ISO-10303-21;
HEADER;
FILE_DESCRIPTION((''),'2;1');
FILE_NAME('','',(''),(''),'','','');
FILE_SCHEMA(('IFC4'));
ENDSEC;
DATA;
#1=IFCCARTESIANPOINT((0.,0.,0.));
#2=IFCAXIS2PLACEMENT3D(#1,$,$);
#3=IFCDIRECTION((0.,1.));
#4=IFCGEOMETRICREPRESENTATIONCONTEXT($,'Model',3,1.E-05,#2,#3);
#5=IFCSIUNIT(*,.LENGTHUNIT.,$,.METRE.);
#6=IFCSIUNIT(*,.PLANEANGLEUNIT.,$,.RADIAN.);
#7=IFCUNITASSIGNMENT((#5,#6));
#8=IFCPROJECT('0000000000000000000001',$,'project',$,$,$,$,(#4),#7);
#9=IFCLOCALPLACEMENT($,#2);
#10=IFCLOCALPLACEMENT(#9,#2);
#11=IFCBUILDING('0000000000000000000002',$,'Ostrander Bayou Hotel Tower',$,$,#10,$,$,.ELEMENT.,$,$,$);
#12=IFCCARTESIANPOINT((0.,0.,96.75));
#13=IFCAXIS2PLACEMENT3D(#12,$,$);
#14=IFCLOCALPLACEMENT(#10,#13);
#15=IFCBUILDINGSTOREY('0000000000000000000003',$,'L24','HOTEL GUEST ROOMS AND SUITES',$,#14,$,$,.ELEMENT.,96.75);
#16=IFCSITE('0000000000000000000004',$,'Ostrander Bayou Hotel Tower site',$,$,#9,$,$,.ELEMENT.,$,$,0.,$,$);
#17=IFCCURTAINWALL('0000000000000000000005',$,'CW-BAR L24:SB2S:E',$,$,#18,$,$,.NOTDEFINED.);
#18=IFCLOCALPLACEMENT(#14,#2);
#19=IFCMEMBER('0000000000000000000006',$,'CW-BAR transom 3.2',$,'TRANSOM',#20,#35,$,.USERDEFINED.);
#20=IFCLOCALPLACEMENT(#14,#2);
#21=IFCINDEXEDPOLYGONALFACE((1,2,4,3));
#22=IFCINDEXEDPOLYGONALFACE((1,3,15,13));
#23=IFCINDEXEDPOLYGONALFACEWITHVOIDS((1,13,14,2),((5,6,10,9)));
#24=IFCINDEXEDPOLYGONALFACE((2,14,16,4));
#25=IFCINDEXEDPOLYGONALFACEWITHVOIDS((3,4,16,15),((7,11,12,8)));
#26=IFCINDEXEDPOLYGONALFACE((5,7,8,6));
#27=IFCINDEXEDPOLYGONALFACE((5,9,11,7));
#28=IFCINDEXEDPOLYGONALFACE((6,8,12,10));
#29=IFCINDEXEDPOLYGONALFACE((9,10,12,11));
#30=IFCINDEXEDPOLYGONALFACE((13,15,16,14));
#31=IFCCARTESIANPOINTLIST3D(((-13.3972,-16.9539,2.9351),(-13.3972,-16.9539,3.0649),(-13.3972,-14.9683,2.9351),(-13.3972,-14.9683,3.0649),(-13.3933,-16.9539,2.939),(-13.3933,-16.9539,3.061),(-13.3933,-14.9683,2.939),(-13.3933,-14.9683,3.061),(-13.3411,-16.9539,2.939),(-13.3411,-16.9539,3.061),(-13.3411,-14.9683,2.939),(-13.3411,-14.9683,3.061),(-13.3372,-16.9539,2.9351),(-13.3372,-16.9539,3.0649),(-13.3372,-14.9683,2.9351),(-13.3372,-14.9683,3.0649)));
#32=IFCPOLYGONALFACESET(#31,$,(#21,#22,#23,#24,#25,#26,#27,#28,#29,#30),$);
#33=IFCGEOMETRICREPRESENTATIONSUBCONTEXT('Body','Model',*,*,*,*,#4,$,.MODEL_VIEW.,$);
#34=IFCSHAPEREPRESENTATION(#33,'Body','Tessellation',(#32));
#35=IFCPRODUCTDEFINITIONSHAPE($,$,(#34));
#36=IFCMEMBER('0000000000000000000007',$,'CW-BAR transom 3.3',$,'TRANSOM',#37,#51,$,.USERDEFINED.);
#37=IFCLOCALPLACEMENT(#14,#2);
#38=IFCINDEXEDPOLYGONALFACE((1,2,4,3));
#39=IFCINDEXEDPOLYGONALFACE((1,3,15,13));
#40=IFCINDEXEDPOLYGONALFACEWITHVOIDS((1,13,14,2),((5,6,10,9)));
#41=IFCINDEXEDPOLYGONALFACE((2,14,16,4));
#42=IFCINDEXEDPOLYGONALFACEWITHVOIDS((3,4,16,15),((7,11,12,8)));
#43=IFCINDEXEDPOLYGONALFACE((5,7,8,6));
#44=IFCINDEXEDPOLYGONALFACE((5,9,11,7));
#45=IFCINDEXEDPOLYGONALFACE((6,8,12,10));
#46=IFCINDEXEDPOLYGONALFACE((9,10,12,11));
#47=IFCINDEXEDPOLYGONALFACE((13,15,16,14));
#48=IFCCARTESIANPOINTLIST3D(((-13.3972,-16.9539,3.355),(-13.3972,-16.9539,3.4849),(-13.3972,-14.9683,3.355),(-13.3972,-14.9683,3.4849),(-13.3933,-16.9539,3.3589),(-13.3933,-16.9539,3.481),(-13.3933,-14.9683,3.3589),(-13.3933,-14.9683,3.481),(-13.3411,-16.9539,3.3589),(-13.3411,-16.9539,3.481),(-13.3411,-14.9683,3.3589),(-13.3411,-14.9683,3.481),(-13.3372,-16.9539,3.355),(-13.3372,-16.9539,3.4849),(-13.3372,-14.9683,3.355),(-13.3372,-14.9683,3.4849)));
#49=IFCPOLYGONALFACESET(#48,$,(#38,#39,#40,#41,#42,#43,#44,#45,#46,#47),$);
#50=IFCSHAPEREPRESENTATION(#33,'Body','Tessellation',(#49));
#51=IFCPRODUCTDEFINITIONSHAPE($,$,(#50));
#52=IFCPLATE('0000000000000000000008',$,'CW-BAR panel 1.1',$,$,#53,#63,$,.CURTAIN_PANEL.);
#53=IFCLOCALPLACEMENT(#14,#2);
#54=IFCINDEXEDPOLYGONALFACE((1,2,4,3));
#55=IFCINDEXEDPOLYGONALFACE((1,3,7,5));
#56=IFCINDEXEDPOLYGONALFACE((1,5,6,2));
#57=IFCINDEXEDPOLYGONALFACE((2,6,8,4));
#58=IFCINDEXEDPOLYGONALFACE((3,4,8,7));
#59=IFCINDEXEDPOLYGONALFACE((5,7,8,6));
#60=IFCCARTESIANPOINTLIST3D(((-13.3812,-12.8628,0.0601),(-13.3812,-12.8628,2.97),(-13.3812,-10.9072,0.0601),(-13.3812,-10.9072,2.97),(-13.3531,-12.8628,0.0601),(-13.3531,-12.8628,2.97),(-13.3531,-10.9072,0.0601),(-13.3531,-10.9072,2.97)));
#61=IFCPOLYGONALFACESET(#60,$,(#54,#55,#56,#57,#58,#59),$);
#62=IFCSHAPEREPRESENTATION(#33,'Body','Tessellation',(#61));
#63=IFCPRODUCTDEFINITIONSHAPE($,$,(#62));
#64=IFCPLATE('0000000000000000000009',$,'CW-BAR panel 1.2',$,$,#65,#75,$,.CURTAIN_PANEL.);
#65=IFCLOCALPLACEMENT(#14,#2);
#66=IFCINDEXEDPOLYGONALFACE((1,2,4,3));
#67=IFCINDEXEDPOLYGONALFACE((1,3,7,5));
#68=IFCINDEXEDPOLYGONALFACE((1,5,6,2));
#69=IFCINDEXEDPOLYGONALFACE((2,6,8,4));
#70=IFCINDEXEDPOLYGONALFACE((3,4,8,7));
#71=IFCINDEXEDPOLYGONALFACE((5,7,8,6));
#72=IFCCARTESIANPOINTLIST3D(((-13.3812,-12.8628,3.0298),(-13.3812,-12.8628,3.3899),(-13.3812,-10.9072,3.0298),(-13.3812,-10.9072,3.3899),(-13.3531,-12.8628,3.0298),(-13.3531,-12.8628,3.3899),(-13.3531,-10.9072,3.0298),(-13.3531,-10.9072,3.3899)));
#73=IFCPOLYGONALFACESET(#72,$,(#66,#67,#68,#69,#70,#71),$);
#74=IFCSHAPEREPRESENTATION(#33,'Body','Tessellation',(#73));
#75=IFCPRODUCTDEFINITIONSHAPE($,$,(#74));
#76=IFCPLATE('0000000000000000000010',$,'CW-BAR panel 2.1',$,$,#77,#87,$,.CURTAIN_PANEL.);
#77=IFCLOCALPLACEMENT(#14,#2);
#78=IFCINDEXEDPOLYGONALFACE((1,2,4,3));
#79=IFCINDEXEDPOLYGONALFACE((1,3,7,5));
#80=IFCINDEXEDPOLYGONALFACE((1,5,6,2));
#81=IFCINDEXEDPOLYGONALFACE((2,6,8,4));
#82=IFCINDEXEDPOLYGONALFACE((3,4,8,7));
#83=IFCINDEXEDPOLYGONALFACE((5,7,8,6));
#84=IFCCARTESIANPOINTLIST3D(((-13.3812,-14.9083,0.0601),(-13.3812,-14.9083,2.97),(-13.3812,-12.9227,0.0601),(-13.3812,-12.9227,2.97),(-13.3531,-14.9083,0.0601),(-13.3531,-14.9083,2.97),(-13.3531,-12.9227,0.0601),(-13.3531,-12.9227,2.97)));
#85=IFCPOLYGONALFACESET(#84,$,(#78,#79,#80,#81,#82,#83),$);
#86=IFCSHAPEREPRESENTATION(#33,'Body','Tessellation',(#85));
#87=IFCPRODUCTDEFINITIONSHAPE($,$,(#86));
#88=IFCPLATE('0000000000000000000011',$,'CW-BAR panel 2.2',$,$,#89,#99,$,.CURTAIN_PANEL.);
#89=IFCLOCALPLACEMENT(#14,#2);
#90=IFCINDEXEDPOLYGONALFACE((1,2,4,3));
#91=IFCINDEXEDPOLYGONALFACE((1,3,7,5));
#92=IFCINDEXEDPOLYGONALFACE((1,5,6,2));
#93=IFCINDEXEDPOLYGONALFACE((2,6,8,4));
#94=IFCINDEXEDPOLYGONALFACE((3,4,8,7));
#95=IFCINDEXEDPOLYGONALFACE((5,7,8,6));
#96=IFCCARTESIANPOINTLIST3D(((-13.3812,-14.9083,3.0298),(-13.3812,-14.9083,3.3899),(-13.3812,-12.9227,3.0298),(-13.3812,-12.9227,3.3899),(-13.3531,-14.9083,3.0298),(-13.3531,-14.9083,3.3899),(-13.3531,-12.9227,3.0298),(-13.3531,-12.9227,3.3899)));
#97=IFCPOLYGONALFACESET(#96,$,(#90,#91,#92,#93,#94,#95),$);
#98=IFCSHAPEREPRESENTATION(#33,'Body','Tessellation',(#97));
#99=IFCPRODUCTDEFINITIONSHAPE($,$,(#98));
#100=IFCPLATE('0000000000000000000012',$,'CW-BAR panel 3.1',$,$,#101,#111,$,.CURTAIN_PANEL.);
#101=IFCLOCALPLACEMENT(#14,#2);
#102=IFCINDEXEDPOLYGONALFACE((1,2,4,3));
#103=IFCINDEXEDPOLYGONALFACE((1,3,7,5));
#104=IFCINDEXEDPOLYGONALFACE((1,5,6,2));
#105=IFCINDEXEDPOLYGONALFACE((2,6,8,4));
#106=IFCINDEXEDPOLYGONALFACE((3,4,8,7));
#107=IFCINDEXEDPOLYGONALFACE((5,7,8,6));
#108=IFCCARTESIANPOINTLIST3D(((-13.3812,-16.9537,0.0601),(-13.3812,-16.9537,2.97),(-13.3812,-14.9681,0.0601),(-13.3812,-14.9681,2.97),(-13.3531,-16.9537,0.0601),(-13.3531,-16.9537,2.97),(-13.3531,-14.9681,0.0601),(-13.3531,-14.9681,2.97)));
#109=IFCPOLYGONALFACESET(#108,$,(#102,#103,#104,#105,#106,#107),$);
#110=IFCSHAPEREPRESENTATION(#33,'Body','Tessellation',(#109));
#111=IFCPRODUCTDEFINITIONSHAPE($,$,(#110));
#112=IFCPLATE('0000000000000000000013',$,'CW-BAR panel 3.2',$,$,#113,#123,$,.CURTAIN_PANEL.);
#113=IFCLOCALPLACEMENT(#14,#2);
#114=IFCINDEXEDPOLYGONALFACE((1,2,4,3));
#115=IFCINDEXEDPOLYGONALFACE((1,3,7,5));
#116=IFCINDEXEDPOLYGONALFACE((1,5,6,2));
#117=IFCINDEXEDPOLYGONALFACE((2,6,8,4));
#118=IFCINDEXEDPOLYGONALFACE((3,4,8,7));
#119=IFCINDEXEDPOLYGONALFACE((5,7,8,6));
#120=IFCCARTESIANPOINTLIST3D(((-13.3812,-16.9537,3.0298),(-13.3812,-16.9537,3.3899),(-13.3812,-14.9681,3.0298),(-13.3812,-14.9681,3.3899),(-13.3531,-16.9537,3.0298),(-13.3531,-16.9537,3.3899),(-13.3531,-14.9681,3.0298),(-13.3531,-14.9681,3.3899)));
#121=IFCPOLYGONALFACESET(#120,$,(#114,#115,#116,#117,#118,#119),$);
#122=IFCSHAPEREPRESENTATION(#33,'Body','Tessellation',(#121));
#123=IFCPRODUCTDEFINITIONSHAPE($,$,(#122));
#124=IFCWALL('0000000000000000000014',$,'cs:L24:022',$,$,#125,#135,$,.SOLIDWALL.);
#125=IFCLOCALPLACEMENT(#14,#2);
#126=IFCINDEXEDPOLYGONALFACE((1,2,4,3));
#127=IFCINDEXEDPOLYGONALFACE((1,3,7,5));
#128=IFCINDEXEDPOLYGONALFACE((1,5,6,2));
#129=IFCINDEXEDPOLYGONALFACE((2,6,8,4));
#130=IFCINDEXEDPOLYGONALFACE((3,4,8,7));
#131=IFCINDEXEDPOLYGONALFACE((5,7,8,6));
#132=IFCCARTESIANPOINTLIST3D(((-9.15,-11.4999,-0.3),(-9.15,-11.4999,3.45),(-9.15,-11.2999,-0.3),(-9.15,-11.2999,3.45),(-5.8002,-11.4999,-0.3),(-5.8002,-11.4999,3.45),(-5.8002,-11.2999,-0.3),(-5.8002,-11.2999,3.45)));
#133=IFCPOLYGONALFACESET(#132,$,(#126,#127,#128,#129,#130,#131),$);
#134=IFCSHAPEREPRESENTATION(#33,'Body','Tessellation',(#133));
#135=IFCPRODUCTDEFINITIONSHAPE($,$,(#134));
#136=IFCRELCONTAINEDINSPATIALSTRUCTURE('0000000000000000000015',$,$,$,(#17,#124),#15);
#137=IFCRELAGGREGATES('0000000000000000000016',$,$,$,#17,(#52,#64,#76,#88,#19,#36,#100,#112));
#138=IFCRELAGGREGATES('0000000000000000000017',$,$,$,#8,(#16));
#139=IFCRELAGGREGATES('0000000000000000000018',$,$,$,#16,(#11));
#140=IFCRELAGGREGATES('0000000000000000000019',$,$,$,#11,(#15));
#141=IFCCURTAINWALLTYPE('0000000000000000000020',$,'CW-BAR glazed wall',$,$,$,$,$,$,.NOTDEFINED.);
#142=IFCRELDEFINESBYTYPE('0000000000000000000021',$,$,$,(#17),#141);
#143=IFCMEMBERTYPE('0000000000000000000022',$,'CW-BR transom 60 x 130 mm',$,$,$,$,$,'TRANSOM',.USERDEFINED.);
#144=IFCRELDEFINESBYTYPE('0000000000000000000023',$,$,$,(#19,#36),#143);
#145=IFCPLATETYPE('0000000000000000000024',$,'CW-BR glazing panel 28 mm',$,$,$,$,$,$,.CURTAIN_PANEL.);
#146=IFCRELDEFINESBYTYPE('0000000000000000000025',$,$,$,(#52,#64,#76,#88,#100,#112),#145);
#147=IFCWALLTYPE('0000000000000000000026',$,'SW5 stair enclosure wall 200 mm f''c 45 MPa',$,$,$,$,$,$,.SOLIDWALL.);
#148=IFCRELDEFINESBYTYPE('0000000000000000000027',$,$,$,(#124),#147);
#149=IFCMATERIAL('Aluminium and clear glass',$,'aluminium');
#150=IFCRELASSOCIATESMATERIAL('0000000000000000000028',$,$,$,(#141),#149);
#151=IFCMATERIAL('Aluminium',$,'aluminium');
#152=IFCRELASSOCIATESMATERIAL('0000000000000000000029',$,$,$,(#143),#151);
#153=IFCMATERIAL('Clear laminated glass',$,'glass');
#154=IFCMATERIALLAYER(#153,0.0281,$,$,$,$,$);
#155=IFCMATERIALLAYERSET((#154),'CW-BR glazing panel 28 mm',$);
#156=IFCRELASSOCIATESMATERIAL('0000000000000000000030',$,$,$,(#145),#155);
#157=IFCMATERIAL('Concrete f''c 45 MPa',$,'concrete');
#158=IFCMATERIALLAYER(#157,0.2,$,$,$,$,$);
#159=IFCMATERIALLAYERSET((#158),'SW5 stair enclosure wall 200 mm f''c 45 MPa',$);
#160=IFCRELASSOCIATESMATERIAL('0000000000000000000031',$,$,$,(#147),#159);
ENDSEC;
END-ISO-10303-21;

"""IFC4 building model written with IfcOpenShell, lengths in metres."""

from ifc_helpers import new_model, si_unit, direction, frame, frame_2d, origin, origin_2d, place, context, subcontext, project, spatial, rectangle, hollow_rectangle, extrude, material, layer, layer_set, material_profile, profile_set, type_object, element, aggregate, save


model = new_model("IFC4")

# Units and contexts
model_context = context("Model", 3, precision=1e-05, world=origin(), true_north=direction((0.0, 1.0)))
body_context = subcontext(model_context, "Body", "Model", "MODEL_VIEW")
ifc_project = project(units=[si_unit("LENGTHUNIT", "METRE"), si_unit("PLANEANGLEUNIT", "RADIAN")], contexts=[model_context])

# Site, building, storey
site_placement = place(None, origin())
site = spatial("IfcSite", under=ifc_project, at=site_placement, Name="Ostrander Bayou Hotel Tower site", CompositionType="ELEMENT", RefElevation=0.0)
building_placement = place(site_placement, origin())
building = spatial("IfcBuilding", under=site, at=building_placement, Name="Ostrander Bayou Hotel Tower", CompositionType="ELEMENT")
storey_placement = place(building_placement, frame((0.0, 0.0, 96.75)))
storey = spatial("IfcBuildingStorey", under=building, at=storey_placement, Name="L24", Description="HOTEL GUEST ROOMS AND SUITES", CompositionType="ELEMENT", Elevation=96.75)

# Curtain wall, members, plates
ifc_material_1 = material(Name="Aluminium and clear glass", Category="aluminium")
curtain_wall_type = type_object("IfcCurtainWallType", Name="CW-BAR glazed wall", PredefinedType="NOTDEFINED", material=ifc_material_1)
curtain_wall_placement = place(storey_placement, origin())
curtain_wall = element("IfcCurtainWall", 1, at=curtain_wall_placement, inside=storey, type_object=curtain_wall_type, Name="CW-BAR L24:SB2S:E", PredefinedType="NOTDEFINED")
ifc_material_2 = material(Name="Aluminium", Category="aluminium")
ifc_material_profile_1 = material_profile(ifc_material_2, hollow_rectangle(XDim=0.0601, YDim=0.1299, WallThickness=0.0039, at=origin_2d()))
ifc_profile_set_1 = profile_set([ifc_material_profile_1], Name="Aluminium")
member_type_1 = type_object("IfcMemberType", Name="CW-BR transom 60 x 130 mm", ElementType="TRANSOM", PredefinedType="USERDEFINED", material=ifc_profile_set_1)
member_1_placement = place(storey_placement, frame((-13.3672, -14.9683, 3.0), z_axis=(0.0, -1.0, 0.0), x_axis=(1.0, 0.0, 0.0)))
member_1 = element("IfcMember", 2, at=member_1_placement, type_object=member_type_1, Name="CW-BAR transom 3.2", ObjectType="TRANSOM", PredefinedType="USERDEFINED", context=body_context, shape_type="SweptSolid", body=[
    extrude(hollow_rectangle(XDim=0.0601, YDim=0.1299, WallThickness=0.0039, at=origin_2d()), origin(), (0.0, 0.0, 1.0), 1.9856),
])
member_2_placement = place(storey_placement, frame((-13.3672, -14.9683, 3.4199), z_axis=(0.0, -1.0, 0.0), x_axis=(1.0, 0.0, 0.0)))
member_2 = element("IfcMember", 3, at=member_2_placement, type_object=member_type_1, Name="CW-BAR transom 3.3", ObjectType="TRANSOM", PredefinedType="USERDEFINED", context=body_context, shape_type="SweptSolid", body=[
    extrude(hollow_rectangle(XDim=0.0601, YDim=0.1299, WallThickness=0.0039, at=origin_2d()), origin(), (0.0, 0.0, 1.0), 1.9856),
])
ifc_material_3 = material(Name="Clear laminated glass", Category="glass")
ifc_layer_1 = layer(ifc_material_3, 0.0281)
ifc_layer_set_1 = layer_set([ifc_layer_1], Name="CW-BR glazing panel 28 mm")
plate_type = type_object("IfcPlateType", Name="CW-BR glazing panel 28 mm", PredefinedType="CURTAIN_PANEL", material=ifc_layer_set_1)
plate_1_placement = place(storey_placement, frame((-13.3672, -11.885, 0.0601), z_axis=(0.0, 0.0, 1.0), x_axis=(0.0, -1.0, 0.0)))
plate_1 = element("IfcPlate", 4, at=plate_1_placement, type_object=plate_type, Name="CW-BAR panel 1.1", PredefinedType="CURTAIN_PANEL", context=body_context, shape_type="SweptSolid", body=[
    extrude(rectangle(XDim=1.9556, YDim=0.0281, at=origin_2d()), origin(), (0.0, 0.0, 1.0), 2.9099),
])
plate_2_placement = place(storey_placement, frame((-13.3672, -11.885, 3.0298), z_axis=(0.0, 0.0, 1.0), x_axis=(0.0, -1.0, 0.0)))
plate_2 = element("IfcPlate", 5, at=plate_2_placement, type_object=plate_type, Name="CW-BAR panel 1.2", PredefinedType="CURTAIN_PANEL", context=body_context, shape_type="SweptSolid", body=[
    extrude(rectangle(XDim=1.9556, YDim=0.0281, at=origin_2d()), origin(), (0.0, 0.0, 1.0), 0.3601),
])
plate_3_placement = place(storey_placement, frame((-13.3672, -13.9155, 0.0601), z_axis=(0.0, 0.0, 1.0), x_axis=(0.0, -1.0, 0.0)))
plate_3 = element("IfcPlate", 6, at=plate_3_placement, type_object=plate_type, Name="CW-BAR panel 2.1", PredefinedType="CURTAIN_PANEL", context=body_context, shape_type="SweptSolid", body=[
    extrude(rectangle(XDim=1.9856, YDim=0.0281, at=origin_2d()), origin(), (0.0, 0.0, 1.0), 2.9099),
])
plate_4_placement = place(storey_placement, frame((-13.3672, -13.9155, 3.0298), z_axis=(0.0, 0.0, 1.0), x_axis=(0.0, -1.0, 0.0)))
plate_4 = element("IfcPlate", 7, at=plate_4_placement, type_object=plate_type, Name="CW-BAR panel 2.2", PredefinedType="CURTAIN_PANEL", context=body_context, shape_type="SweptSolid", body=[
    extrude(rectangle(XDim=1.9856, YDim=0.0281, at=origin_2d()), origin(), (0.0, 0.0, 1.0), 0.3601),
])
plate_5_placement = place(storey_placement, frame((-13.3672, -15.9609, 0.0601), z_axis=(0.0, 0.0, 1.0), x_axis=(0.0, -1.0, 0.0)))
plate_5 = element("IfcPlate", 8, at=plate_5_placement, type_object=plate_type, Name="CW-BAR panel 3.1", PredefinedType="CURTAIN_PANEL", context=body_context, shape_type="SweptSolid", body=[
    extrude(rectangle(XDim=1.9856, YDim=0.0281, at=origin_2d()), origin(), (0.0, 0.0, 1.0), 2.9099),
])
plate_6_placement = place(storey_placement, frame((-13.3672, -15.9609, 3.0298), z_axis=(0.0, 0.0, 1.0), x_axis=(0.0, -1.0, 0.0)))
plate_6 = element("IfcPlate", 9, at=plate_6_placement, type_object=plate_type, Name="CW-BAR panel 3.2", PredefinedType="CURTAIN_PANEL", context=body_context, shape_type="SweptSolid", body=[
    extrude(rectangle(XDim=1.9856, YDim=0.0281, at=origin_2d()), origin(), (0.0, 0.0, 1.0), 0.3601),
])
aggregate(curtain_wall, [plate_1, plate_2, plate_3, plate_4, member_1, member_2, plate_5, plate_6])

# Wall
ifc_material_4 = material(Name="Concrete f'c 45 MPa", Category="concrete")
ifc_layer_2 = layer(ifc_material_4, 0.2)
ifc_layer_set_2 = layer_set([ifc_layer_2], Name="SW5 stair enclosure wall 200 mm f'c 45 MPa")
wall_type_1 = type_object("IfcWallType", Name="SW5 stair enclosure wall 200 mm f'c 45 MPa", PredefinedType="SOLIDWALL", material=ifc_layer_set_2)
wall_1_placement = place(storey_placement, frame((-9.1499, -11.3999, -0.3), z_axis=(0.0, 0.0, 1.0), x_axis=(1.0, 0.0, 0.0)))
element("IfcWall", 10, at=wall_1_placement, inside=storey, type_object=wall_type_1, Name="cs:L24:022", PredefinedType="SOLIDWALL", context=body_context, shape_type="SweptSolid", body=[
    extrude(rectangle(XDim=3.3499, YDim=0.2, at=frame_2d((1.6748, 0.0))), origin(), (0.0, 0.0, 1.0), 3.75),
])

save(model, "model.ifc")
